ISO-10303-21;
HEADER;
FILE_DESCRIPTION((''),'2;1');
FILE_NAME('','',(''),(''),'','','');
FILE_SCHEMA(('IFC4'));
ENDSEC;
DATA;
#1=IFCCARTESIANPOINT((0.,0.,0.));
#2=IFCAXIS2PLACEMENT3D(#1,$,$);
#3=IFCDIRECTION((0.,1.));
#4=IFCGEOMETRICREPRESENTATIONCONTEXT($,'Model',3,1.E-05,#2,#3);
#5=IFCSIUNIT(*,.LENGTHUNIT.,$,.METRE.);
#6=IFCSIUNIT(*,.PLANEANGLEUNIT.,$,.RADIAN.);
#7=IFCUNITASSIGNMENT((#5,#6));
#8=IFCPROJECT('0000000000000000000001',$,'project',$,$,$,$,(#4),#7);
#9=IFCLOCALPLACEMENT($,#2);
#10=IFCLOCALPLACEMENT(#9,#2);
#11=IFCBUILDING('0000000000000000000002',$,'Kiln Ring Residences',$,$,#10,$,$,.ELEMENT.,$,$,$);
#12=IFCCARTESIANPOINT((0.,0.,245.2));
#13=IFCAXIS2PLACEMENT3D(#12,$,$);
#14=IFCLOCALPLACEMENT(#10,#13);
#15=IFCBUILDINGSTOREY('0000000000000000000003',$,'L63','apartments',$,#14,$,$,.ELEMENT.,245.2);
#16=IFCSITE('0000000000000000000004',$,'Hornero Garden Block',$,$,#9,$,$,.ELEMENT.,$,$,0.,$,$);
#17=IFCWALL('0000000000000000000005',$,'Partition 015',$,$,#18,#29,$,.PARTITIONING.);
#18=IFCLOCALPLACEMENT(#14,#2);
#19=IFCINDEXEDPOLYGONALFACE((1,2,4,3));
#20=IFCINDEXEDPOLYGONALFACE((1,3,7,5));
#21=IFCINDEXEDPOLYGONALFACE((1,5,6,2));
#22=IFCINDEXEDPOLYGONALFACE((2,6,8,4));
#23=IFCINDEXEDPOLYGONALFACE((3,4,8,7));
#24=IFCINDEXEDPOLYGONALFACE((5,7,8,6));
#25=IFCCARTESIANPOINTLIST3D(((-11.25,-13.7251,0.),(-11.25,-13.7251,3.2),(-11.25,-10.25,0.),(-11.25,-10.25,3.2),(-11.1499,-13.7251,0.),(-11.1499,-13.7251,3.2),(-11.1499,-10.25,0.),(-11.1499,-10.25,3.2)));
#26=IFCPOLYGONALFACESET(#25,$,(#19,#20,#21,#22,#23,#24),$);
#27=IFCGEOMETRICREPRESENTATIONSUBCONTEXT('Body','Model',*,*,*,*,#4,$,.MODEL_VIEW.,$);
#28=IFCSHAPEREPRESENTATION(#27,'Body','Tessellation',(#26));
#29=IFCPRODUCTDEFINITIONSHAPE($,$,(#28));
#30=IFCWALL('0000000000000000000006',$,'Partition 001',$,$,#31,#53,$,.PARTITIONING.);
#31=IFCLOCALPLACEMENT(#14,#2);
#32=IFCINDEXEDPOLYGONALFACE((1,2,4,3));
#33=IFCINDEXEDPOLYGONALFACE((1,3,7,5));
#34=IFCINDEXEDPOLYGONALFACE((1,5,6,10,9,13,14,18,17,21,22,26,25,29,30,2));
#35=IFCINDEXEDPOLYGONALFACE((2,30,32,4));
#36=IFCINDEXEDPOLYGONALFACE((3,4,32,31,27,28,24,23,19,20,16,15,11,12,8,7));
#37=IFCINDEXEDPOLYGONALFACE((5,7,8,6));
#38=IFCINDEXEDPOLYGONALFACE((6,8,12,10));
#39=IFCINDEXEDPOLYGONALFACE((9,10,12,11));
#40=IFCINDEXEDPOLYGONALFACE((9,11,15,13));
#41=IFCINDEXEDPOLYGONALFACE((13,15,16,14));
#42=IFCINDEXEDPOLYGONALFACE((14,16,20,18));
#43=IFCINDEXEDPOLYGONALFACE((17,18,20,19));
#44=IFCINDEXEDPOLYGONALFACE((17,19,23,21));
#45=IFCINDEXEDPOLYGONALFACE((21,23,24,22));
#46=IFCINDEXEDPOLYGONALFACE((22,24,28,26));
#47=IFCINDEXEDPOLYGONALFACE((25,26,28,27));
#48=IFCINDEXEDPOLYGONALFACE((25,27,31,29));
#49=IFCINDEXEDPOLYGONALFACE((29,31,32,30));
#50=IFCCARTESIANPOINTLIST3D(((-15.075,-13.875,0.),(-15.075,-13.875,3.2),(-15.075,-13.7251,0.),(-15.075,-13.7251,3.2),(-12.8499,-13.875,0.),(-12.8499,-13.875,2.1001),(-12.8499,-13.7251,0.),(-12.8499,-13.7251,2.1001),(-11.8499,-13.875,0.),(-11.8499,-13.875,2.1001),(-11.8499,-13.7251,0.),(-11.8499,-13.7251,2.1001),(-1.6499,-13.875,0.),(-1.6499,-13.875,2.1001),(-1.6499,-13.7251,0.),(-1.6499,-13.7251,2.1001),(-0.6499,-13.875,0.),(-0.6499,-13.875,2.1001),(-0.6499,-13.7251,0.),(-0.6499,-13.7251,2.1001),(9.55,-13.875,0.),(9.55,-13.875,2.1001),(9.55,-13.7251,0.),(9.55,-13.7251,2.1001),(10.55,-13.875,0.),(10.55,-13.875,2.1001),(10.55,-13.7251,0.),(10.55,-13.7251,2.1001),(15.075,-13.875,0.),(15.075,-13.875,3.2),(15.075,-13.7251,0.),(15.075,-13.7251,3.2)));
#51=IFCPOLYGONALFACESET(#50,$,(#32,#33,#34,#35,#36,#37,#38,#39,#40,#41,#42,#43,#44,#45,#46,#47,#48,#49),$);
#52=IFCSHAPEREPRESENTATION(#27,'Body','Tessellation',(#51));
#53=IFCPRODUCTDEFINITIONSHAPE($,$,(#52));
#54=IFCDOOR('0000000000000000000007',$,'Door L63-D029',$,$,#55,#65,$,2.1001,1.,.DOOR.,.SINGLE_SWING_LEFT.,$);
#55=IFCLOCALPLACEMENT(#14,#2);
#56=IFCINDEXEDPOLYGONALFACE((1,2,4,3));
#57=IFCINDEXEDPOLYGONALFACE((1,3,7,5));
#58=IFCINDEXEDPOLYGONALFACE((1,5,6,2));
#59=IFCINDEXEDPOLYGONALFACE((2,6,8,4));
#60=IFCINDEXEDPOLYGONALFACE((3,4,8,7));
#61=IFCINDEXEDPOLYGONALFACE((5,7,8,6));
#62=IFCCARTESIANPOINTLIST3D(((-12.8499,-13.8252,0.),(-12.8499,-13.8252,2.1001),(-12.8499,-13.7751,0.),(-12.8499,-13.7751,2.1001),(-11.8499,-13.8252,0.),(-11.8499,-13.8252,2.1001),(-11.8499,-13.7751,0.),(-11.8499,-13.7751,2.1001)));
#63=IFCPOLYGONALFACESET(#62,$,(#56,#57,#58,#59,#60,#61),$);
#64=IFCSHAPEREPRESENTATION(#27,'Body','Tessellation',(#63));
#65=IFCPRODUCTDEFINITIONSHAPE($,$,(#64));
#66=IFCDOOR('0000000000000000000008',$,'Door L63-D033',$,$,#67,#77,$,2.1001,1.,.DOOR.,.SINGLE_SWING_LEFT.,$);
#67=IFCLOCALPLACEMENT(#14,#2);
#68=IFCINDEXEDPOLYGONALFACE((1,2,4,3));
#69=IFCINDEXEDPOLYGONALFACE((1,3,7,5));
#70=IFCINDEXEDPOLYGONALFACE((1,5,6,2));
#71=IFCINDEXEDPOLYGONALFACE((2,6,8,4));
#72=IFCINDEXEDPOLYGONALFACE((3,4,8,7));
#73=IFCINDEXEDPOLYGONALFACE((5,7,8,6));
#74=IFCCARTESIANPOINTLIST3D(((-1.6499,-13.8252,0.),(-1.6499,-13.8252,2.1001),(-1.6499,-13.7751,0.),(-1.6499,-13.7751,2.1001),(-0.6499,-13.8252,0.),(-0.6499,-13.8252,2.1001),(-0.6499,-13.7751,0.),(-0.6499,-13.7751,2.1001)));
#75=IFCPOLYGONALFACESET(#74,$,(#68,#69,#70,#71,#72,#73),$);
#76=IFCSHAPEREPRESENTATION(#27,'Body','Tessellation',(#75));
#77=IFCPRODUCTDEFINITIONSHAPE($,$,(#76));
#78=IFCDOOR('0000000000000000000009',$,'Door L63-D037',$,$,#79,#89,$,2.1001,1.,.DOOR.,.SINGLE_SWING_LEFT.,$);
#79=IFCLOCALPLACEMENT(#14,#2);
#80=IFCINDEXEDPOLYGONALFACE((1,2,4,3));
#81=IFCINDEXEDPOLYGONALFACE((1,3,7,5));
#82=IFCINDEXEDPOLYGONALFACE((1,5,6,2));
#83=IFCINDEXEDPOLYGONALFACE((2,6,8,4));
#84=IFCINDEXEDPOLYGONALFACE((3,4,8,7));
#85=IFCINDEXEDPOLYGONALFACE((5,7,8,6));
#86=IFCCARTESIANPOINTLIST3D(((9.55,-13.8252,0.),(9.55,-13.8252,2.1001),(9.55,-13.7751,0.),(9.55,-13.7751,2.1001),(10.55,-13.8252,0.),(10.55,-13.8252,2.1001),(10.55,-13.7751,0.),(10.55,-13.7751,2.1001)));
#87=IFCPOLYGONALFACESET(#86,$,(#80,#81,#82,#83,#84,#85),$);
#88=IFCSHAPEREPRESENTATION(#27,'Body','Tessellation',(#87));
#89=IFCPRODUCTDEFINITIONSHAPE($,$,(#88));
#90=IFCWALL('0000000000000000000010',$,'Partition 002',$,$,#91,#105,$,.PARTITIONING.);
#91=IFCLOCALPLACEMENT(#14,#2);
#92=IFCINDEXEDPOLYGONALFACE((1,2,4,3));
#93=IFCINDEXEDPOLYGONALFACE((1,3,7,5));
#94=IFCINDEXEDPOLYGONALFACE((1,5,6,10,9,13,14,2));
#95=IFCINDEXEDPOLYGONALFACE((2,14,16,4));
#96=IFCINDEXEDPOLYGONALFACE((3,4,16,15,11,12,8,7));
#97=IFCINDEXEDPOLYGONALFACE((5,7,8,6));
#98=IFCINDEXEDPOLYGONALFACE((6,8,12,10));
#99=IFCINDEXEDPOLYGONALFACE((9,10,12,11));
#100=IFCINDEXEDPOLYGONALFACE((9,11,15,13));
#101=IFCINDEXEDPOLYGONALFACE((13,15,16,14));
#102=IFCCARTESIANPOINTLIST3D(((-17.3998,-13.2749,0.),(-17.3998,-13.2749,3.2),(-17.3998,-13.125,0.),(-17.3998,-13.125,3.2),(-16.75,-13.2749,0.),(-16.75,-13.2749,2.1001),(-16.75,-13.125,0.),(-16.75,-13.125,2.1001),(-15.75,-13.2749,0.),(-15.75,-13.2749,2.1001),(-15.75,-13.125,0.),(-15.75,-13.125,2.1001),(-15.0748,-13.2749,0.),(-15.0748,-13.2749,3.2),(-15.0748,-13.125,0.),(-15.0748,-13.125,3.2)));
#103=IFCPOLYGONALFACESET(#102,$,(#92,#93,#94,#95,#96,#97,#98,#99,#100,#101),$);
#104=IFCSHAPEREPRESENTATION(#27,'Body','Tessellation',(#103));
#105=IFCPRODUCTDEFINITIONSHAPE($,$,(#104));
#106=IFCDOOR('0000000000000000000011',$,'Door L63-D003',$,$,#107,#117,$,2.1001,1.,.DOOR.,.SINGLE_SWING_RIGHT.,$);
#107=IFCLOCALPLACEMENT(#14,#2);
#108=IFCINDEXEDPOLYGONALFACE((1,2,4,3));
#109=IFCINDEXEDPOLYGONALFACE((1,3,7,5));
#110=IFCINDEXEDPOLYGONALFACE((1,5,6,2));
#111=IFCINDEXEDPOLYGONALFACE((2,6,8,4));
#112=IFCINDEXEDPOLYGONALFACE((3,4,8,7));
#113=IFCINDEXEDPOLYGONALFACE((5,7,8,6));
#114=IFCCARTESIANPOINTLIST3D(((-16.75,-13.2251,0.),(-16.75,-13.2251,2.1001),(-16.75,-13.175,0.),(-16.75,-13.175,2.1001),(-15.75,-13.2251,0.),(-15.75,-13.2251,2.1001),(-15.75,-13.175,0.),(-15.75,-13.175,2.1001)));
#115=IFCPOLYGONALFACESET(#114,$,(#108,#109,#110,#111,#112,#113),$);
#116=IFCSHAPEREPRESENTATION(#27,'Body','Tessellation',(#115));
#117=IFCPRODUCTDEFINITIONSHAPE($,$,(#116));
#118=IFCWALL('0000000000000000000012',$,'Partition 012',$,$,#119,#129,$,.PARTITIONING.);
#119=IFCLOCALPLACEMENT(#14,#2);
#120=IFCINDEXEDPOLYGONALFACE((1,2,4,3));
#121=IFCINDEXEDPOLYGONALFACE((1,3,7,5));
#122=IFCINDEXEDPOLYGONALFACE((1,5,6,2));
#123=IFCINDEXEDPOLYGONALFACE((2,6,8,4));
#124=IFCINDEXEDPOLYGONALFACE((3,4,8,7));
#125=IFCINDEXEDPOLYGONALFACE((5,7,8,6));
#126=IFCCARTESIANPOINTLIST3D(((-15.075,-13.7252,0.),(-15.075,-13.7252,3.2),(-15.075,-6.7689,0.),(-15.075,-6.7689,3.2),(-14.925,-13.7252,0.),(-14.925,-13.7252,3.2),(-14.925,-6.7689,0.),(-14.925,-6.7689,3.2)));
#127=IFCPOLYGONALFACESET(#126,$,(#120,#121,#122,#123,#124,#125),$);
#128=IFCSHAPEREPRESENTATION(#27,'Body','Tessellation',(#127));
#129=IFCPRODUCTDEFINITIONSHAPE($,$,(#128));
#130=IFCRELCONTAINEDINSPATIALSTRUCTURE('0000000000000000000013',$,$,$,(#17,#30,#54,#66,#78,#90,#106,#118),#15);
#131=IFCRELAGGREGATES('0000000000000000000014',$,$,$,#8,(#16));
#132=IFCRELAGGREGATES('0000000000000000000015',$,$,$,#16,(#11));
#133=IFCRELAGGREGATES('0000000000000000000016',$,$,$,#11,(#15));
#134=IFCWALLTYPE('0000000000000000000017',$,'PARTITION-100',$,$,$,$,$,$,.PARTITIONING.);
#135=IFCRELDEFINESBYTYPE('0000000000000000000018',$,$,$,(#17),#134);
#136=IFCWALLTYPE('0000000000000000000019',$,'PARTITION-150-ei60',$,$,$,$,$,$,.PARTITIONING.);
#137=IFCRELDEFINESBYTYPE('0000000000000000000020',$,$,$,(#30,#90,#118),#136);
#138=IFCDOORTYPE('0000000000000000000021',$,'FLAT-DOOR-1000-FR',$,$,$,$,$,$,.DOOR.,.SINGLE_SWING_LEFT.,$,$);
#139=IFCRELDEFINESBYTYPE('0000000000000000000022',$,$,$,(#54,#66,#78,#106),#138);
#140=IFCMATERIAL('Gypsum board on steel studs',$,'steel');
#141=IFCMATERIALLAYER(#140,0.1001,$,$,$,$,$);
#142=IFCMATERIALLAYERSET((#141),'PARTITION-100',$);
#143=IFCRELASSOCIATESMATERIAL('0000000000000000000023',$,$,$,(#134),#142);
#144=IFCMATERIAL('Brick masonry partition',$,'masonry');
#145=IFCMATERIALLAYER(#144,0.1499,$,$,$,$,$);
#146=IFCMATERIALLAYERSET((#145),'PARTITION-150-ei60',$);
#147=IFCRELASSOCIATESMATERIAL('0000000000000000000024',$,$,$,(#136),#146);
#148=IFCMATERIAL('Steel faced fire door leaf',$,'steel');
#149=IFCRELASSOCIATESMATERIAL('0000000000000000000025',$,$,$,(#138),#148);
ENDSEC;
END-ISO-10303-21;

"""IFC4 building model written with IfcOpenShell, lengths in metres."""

from ifc_helpers import new_model, si_unit, direction, frame, frame_2d, origin, place, context, subcontext, project, spatial, rectangle, extrude, material, layer, layer_set, type_object, element, fill, save


model = new_model("IFC4")

# Units and contexts
model_context = context("Model", 3, precision=1e-05, world=origin(), true_north=direction((0.0, 1.0)))
body_context = subcontext(model_context, "Body", "Model", "MODEL_VIEW")
ifc_project = project(units=[si_unit("LENGTHUNIT", "METRE"), si_unit("PLANEANGLEUNIT", "RADIAN")], contexts=[model_context])

# Site, building, storey
site_placement = place(None, origin())
site = spatial("IfcSite", under=ifc_project, at=site_placement, Name="Hornero Garden Block", CompositionType="ELEMENT", RefElevation=0.0)
building_placement = place(site_placement, origin())
building = spatial("IfcBuilding", under=site, at=building_placement, Name="Kiln Ring Residences", CompositionType="ELEMENT")
storey_placement = place(building_placement, frame((0.0, 0.0, 245.2)))
storey = spatial("IfcBuildingStorey", under=building, at=storey_placement, Name="L63", Description="apartments", CompositionType="ELEMENT", Elevation=245.2)

# Wall
ifc_material_1 = material(Name="Gypsum board on steel studs", Category="steel")
ifc_layer_1 = layer(ifc_material_1, 0.1001)
ifc_layer_set_1 = layer_set([ifc_layer_1], Name="PARTITION-100")
wall_type_1 = type_object("IfcWallType", Name="PARTITION-100", PredefinedType="PARTITIONING", material=ifc_layer_set_1)
wall_1_placement = place(storey_placement, frame((-11.2, -13.7251, 0.0), z_axis=(0.0, 0.0, 1.0), x_axis=(0.0, 1.0, 0.0)))
element("IfcWall", 1, at=wall_1_placement, inside=storey, type_object=wall_type_1, Name="Partition 015", PredefinedType="PARTITIONING", context=body_context, shape_type="SweptSolid", body=[
    extrude(rectangle(XDim=3.4751, YDim=0.1001, at=frame_2d((1.7375, 0.0))), origin(), (0.0, 0.0, 1.0), 3.2),
])

# Wall, openings, doors
ifc_material_2 = material(Name="Brick masonry partition", Category="masonry")
ifc_layer_2 = layer(ifc_material_2, 0.1499)
ifc_layer_set_2 = layer_set([ifc_layer_2], Name="PARTITION-150-ei60")
wall_type_2 = type_object("IfcWallType", Name="PARTITION-150-ei60", PredefinedType="PARTITIONING", material=ifc_layer_set_2)
wall_2_placement = place(storey_placement, frame((-15.075, -13.8, 0.0), z_axis=(0.0, 0.0, 1.0), x_axis=(1.0, 0.0, 0.0)))
wall_2 = element("IfcWall", 2, at=wall_2_placement, inside=storey, type_object=wall_type_2, Name="Partition 001", PredefinedType="PARTITIONING", context=body_context, shape_type="SweptSolid", body=[
    extrude(rectangle(XDim=30.1499, YDim=0.1499, at=frame_2d((15.075, 0.0))), origin(), (0.0, 0.0, 1.0), 3.2),
])
opening_1_placement = place(wall_2_placement, frame((2.2251, 0.0, 0.0)))
opening_1 = element("IfcOpeningElement", 3, at=opening_1_placement, cuts=wall_2, PredefinedType="OPENING", context=body_context, shape_type="SweptSolid", body=[
    extrude(rectangle(XDim=1.0, YDim=2.1001, at=frame_2d((0.5, 1.05))), frame((0.0, 0.085, 0.0), z_axis=(0.0, -1.0, 0.0), x_axis=(1.0, 0.0, 0.0)), (0.0, 0.0, 1.0), 0.1699),
])
opening_2_placement = place(wall_2_placement, frame((13.425, 0.0, 0.0)))
opening_2 = element("IfcOpeningElement", 4, at=opening_2_placement, cuts=wall_2, PredefinedType="OPENING", context=body_context, shape_type="SweptSolid", body=[
    extrude(rectangle(XDim=1.0, YDim=2.1001, at=frame_2d((0.5, 1.05))), frame((0.0, 0.085, 0.0), z_axis=(0.0, -1.0, 0.0), x_axis=(1.0, 0.0, 0.0)), (0.0, 0.0, 1.0), 0.1699),
])
opening_3_placement = place(wall_2_placement, frame((24.625, 0.0, 0.0)))
opening_3 = element("IfcOpeningElement", 5, at=opening_3_placement, cuts=wall_2, PredefinedType="OPENING", context=body_context, shape_type="SweptSolid", body=[
    extrude(rectangle(XDim=1.0, YDim=2.1001, at=frame_2d((0.5, 1.05))), frame((0.0, 0.085, 0.0), z_axis=(0.0, -1.0, 0.0), x_axis=(1.0, 0.0, 0.0)), (0.0, 0.0, 1.0), 0.1699),
])
ifc_material_3 = material(Name="Steel faced fire door leaf", Category="steel")
door_type = type_object("IfcDoorType", Name="FLAT-DOOR-1000-FR", OperationType="SINGLE_SWING_LEFT", PredefinedType="DOOR", material=ifc_material_3)
door_1_placement = place(opening_1_placement, origin())
door_1 = element("IfcDoor", 6, at=door_1_placement, inside=storey, type_object=door_type, Name="Door L63-D029", OperationType="SINGLE_SWING_LEFT", OverallHeight=2.1001, OverallWidth=1.0, PredefinedType="DOOR", context=body_context, shape_type="SweptSolid", body=[
    extrude(rectangle(XDim=1.0, YDim=2.1001, at=frame_2d((0.5, 1.05))), frame((0.0, 0.0249, 0.0), z_axis=(0.0, -1.0, 0.0), x_axis=(1.0, 0.0, 0.0)), (0.0, 0.0, 1.0), 0.05),
])
fill(opening_1, door_1)
door_2_placement = place(opening_2_placement, origin())
door_2 = element("IfcDoor", 7, at=door_2_placement, inside=storey, type_object=door_type, Name="Door L63-D033", OperationType="SINGLE_SWING_LEFT", OverallHeight=2.1001, OverallWidth=1.0, PredefinedType="DOOR", context=body_context, shape_type="SweptSolid", body=[
    extrude(rectangle(XDim=1.0, YDim=2.1001, at=frame_2d((0.5, 1.05))), frame((0.0, 0.0249, 0.0), z_axis=(0.0, -1.0, 0.0), x_axis=(1.0, 0.0, 0.0)), (0.0, 0.0, 1.0), 0.05),
])
fill(opening_2, door_2)
door_3_placement = place(opening_3_placement, origin())
door_3 = element("IfcDoor", 8, at=door_3_placement, inside=storey, type_object=door_type, Name="Door L63-D037", OperationType="SINGLE_SWING_LEFT", OverallHeight=2.1001, OverallWidth=1.0, PredefinedType="DOOR", context=body_context, shape_type="SweptSolid", body=[
    extrude(rectangle(XDim=1.0, YDim=2.1001, at=frame_2d((0.5, 1.05))), frame((0.0, 0.0249, 0.0), z_axis=(0.0, -1.0, 0.0), x_axis=(1.0, 0.0, 0.0)), (0.0, 0.0, 1.0), 0.05),
])
fill(opening_3, door_3)

# Wall, opening, door
wall_3_placement = place(storey_placement, frame((-17.3999, -13.2, 0.0), z_axis=(0.0, 0.0, 1.0), x_axis=(1.0, 0.0, 0.0)))
wall_3 = element("IfcWall", 9, at=wall_3_placement, inside=storey, type_object=wall_type_2, Name="Partition 002", PredefinedType="PARTITIONING", context=body_context, shape_type="SweptSolid", body=[
    extrude(rectangle(XDim=2.325, YDim=0.1499, at=frame_2d((1.1626, 0.0))), origin(), (0.0, 0.0, 1.0), 3.2),
])
opening_4_placement = place(wall_3_placement, frame((0.6499, 0.0, 0.0)))
opening_4 = element("IfcOpeningElement", 10, at=opening_4_placement, cuts=wall_3, PredefinedType="OPENING", context=body_context, shape_type="SweptSolid", body=[
    extrude(rectangle(XDim=1.0, YDim=2.1001, at=frame_2d((0.5, 1.05))), frame((0.0, 0.085, 0.0), z_axis=(0.0, -1.0, 0.0), x_axis=(1.0, 0.0, 0.0)), (0.0, 0.0, 1.0), 0.1699),
])
door_4_placement = place(opening_4_placement, origin())
door_4 = element("IfcDoor", 11, at=door_4_placement, inside=storey, type_object=door_type, Name="Door L63-D003", OperationType="SINGLE_SWING_RIGHT", OverallHeight=2.1001, OverallWidth=1.0, PredefinedType="DOOR", context=body_context, shape_type="SweptSolid", body=[
    extrude(rectangle(XDim=1.0, YDim=2.1001, at=frame_2d((0.5, 1.05))), frame((0.0, 0.0249, 0.0), z_axis=(0.0, -1.0, 0.0), x_axis=(1.0, 0.0, 0.0)), (0.0, 0.0, 1.0), 0.05),
])
fill(opening_4, door_4)

# Wall
wall_4_placement = place(storey_placement, frame((-15.0, -13.7251, 0.0), z_axis=(0.0, 0.0, 1.0), x_axis=(0.0, 1.0, 0.0)))
element("IfcWall", 12, at=wall_4_placement, inside=storey, type_object=wall_type_2, Name="Partition 012", PredefinedType="PARTITIONING", context=body_context, shape_type="SweptSolid", body=[
    extrude(rectangle(XDim=6.9563, YDim=0.1499, at=frame_2d((3.478, 0.0))), origin(), (0.0, 0.0, 1.0), 3.2),
])

save(model, "model.ifc")
